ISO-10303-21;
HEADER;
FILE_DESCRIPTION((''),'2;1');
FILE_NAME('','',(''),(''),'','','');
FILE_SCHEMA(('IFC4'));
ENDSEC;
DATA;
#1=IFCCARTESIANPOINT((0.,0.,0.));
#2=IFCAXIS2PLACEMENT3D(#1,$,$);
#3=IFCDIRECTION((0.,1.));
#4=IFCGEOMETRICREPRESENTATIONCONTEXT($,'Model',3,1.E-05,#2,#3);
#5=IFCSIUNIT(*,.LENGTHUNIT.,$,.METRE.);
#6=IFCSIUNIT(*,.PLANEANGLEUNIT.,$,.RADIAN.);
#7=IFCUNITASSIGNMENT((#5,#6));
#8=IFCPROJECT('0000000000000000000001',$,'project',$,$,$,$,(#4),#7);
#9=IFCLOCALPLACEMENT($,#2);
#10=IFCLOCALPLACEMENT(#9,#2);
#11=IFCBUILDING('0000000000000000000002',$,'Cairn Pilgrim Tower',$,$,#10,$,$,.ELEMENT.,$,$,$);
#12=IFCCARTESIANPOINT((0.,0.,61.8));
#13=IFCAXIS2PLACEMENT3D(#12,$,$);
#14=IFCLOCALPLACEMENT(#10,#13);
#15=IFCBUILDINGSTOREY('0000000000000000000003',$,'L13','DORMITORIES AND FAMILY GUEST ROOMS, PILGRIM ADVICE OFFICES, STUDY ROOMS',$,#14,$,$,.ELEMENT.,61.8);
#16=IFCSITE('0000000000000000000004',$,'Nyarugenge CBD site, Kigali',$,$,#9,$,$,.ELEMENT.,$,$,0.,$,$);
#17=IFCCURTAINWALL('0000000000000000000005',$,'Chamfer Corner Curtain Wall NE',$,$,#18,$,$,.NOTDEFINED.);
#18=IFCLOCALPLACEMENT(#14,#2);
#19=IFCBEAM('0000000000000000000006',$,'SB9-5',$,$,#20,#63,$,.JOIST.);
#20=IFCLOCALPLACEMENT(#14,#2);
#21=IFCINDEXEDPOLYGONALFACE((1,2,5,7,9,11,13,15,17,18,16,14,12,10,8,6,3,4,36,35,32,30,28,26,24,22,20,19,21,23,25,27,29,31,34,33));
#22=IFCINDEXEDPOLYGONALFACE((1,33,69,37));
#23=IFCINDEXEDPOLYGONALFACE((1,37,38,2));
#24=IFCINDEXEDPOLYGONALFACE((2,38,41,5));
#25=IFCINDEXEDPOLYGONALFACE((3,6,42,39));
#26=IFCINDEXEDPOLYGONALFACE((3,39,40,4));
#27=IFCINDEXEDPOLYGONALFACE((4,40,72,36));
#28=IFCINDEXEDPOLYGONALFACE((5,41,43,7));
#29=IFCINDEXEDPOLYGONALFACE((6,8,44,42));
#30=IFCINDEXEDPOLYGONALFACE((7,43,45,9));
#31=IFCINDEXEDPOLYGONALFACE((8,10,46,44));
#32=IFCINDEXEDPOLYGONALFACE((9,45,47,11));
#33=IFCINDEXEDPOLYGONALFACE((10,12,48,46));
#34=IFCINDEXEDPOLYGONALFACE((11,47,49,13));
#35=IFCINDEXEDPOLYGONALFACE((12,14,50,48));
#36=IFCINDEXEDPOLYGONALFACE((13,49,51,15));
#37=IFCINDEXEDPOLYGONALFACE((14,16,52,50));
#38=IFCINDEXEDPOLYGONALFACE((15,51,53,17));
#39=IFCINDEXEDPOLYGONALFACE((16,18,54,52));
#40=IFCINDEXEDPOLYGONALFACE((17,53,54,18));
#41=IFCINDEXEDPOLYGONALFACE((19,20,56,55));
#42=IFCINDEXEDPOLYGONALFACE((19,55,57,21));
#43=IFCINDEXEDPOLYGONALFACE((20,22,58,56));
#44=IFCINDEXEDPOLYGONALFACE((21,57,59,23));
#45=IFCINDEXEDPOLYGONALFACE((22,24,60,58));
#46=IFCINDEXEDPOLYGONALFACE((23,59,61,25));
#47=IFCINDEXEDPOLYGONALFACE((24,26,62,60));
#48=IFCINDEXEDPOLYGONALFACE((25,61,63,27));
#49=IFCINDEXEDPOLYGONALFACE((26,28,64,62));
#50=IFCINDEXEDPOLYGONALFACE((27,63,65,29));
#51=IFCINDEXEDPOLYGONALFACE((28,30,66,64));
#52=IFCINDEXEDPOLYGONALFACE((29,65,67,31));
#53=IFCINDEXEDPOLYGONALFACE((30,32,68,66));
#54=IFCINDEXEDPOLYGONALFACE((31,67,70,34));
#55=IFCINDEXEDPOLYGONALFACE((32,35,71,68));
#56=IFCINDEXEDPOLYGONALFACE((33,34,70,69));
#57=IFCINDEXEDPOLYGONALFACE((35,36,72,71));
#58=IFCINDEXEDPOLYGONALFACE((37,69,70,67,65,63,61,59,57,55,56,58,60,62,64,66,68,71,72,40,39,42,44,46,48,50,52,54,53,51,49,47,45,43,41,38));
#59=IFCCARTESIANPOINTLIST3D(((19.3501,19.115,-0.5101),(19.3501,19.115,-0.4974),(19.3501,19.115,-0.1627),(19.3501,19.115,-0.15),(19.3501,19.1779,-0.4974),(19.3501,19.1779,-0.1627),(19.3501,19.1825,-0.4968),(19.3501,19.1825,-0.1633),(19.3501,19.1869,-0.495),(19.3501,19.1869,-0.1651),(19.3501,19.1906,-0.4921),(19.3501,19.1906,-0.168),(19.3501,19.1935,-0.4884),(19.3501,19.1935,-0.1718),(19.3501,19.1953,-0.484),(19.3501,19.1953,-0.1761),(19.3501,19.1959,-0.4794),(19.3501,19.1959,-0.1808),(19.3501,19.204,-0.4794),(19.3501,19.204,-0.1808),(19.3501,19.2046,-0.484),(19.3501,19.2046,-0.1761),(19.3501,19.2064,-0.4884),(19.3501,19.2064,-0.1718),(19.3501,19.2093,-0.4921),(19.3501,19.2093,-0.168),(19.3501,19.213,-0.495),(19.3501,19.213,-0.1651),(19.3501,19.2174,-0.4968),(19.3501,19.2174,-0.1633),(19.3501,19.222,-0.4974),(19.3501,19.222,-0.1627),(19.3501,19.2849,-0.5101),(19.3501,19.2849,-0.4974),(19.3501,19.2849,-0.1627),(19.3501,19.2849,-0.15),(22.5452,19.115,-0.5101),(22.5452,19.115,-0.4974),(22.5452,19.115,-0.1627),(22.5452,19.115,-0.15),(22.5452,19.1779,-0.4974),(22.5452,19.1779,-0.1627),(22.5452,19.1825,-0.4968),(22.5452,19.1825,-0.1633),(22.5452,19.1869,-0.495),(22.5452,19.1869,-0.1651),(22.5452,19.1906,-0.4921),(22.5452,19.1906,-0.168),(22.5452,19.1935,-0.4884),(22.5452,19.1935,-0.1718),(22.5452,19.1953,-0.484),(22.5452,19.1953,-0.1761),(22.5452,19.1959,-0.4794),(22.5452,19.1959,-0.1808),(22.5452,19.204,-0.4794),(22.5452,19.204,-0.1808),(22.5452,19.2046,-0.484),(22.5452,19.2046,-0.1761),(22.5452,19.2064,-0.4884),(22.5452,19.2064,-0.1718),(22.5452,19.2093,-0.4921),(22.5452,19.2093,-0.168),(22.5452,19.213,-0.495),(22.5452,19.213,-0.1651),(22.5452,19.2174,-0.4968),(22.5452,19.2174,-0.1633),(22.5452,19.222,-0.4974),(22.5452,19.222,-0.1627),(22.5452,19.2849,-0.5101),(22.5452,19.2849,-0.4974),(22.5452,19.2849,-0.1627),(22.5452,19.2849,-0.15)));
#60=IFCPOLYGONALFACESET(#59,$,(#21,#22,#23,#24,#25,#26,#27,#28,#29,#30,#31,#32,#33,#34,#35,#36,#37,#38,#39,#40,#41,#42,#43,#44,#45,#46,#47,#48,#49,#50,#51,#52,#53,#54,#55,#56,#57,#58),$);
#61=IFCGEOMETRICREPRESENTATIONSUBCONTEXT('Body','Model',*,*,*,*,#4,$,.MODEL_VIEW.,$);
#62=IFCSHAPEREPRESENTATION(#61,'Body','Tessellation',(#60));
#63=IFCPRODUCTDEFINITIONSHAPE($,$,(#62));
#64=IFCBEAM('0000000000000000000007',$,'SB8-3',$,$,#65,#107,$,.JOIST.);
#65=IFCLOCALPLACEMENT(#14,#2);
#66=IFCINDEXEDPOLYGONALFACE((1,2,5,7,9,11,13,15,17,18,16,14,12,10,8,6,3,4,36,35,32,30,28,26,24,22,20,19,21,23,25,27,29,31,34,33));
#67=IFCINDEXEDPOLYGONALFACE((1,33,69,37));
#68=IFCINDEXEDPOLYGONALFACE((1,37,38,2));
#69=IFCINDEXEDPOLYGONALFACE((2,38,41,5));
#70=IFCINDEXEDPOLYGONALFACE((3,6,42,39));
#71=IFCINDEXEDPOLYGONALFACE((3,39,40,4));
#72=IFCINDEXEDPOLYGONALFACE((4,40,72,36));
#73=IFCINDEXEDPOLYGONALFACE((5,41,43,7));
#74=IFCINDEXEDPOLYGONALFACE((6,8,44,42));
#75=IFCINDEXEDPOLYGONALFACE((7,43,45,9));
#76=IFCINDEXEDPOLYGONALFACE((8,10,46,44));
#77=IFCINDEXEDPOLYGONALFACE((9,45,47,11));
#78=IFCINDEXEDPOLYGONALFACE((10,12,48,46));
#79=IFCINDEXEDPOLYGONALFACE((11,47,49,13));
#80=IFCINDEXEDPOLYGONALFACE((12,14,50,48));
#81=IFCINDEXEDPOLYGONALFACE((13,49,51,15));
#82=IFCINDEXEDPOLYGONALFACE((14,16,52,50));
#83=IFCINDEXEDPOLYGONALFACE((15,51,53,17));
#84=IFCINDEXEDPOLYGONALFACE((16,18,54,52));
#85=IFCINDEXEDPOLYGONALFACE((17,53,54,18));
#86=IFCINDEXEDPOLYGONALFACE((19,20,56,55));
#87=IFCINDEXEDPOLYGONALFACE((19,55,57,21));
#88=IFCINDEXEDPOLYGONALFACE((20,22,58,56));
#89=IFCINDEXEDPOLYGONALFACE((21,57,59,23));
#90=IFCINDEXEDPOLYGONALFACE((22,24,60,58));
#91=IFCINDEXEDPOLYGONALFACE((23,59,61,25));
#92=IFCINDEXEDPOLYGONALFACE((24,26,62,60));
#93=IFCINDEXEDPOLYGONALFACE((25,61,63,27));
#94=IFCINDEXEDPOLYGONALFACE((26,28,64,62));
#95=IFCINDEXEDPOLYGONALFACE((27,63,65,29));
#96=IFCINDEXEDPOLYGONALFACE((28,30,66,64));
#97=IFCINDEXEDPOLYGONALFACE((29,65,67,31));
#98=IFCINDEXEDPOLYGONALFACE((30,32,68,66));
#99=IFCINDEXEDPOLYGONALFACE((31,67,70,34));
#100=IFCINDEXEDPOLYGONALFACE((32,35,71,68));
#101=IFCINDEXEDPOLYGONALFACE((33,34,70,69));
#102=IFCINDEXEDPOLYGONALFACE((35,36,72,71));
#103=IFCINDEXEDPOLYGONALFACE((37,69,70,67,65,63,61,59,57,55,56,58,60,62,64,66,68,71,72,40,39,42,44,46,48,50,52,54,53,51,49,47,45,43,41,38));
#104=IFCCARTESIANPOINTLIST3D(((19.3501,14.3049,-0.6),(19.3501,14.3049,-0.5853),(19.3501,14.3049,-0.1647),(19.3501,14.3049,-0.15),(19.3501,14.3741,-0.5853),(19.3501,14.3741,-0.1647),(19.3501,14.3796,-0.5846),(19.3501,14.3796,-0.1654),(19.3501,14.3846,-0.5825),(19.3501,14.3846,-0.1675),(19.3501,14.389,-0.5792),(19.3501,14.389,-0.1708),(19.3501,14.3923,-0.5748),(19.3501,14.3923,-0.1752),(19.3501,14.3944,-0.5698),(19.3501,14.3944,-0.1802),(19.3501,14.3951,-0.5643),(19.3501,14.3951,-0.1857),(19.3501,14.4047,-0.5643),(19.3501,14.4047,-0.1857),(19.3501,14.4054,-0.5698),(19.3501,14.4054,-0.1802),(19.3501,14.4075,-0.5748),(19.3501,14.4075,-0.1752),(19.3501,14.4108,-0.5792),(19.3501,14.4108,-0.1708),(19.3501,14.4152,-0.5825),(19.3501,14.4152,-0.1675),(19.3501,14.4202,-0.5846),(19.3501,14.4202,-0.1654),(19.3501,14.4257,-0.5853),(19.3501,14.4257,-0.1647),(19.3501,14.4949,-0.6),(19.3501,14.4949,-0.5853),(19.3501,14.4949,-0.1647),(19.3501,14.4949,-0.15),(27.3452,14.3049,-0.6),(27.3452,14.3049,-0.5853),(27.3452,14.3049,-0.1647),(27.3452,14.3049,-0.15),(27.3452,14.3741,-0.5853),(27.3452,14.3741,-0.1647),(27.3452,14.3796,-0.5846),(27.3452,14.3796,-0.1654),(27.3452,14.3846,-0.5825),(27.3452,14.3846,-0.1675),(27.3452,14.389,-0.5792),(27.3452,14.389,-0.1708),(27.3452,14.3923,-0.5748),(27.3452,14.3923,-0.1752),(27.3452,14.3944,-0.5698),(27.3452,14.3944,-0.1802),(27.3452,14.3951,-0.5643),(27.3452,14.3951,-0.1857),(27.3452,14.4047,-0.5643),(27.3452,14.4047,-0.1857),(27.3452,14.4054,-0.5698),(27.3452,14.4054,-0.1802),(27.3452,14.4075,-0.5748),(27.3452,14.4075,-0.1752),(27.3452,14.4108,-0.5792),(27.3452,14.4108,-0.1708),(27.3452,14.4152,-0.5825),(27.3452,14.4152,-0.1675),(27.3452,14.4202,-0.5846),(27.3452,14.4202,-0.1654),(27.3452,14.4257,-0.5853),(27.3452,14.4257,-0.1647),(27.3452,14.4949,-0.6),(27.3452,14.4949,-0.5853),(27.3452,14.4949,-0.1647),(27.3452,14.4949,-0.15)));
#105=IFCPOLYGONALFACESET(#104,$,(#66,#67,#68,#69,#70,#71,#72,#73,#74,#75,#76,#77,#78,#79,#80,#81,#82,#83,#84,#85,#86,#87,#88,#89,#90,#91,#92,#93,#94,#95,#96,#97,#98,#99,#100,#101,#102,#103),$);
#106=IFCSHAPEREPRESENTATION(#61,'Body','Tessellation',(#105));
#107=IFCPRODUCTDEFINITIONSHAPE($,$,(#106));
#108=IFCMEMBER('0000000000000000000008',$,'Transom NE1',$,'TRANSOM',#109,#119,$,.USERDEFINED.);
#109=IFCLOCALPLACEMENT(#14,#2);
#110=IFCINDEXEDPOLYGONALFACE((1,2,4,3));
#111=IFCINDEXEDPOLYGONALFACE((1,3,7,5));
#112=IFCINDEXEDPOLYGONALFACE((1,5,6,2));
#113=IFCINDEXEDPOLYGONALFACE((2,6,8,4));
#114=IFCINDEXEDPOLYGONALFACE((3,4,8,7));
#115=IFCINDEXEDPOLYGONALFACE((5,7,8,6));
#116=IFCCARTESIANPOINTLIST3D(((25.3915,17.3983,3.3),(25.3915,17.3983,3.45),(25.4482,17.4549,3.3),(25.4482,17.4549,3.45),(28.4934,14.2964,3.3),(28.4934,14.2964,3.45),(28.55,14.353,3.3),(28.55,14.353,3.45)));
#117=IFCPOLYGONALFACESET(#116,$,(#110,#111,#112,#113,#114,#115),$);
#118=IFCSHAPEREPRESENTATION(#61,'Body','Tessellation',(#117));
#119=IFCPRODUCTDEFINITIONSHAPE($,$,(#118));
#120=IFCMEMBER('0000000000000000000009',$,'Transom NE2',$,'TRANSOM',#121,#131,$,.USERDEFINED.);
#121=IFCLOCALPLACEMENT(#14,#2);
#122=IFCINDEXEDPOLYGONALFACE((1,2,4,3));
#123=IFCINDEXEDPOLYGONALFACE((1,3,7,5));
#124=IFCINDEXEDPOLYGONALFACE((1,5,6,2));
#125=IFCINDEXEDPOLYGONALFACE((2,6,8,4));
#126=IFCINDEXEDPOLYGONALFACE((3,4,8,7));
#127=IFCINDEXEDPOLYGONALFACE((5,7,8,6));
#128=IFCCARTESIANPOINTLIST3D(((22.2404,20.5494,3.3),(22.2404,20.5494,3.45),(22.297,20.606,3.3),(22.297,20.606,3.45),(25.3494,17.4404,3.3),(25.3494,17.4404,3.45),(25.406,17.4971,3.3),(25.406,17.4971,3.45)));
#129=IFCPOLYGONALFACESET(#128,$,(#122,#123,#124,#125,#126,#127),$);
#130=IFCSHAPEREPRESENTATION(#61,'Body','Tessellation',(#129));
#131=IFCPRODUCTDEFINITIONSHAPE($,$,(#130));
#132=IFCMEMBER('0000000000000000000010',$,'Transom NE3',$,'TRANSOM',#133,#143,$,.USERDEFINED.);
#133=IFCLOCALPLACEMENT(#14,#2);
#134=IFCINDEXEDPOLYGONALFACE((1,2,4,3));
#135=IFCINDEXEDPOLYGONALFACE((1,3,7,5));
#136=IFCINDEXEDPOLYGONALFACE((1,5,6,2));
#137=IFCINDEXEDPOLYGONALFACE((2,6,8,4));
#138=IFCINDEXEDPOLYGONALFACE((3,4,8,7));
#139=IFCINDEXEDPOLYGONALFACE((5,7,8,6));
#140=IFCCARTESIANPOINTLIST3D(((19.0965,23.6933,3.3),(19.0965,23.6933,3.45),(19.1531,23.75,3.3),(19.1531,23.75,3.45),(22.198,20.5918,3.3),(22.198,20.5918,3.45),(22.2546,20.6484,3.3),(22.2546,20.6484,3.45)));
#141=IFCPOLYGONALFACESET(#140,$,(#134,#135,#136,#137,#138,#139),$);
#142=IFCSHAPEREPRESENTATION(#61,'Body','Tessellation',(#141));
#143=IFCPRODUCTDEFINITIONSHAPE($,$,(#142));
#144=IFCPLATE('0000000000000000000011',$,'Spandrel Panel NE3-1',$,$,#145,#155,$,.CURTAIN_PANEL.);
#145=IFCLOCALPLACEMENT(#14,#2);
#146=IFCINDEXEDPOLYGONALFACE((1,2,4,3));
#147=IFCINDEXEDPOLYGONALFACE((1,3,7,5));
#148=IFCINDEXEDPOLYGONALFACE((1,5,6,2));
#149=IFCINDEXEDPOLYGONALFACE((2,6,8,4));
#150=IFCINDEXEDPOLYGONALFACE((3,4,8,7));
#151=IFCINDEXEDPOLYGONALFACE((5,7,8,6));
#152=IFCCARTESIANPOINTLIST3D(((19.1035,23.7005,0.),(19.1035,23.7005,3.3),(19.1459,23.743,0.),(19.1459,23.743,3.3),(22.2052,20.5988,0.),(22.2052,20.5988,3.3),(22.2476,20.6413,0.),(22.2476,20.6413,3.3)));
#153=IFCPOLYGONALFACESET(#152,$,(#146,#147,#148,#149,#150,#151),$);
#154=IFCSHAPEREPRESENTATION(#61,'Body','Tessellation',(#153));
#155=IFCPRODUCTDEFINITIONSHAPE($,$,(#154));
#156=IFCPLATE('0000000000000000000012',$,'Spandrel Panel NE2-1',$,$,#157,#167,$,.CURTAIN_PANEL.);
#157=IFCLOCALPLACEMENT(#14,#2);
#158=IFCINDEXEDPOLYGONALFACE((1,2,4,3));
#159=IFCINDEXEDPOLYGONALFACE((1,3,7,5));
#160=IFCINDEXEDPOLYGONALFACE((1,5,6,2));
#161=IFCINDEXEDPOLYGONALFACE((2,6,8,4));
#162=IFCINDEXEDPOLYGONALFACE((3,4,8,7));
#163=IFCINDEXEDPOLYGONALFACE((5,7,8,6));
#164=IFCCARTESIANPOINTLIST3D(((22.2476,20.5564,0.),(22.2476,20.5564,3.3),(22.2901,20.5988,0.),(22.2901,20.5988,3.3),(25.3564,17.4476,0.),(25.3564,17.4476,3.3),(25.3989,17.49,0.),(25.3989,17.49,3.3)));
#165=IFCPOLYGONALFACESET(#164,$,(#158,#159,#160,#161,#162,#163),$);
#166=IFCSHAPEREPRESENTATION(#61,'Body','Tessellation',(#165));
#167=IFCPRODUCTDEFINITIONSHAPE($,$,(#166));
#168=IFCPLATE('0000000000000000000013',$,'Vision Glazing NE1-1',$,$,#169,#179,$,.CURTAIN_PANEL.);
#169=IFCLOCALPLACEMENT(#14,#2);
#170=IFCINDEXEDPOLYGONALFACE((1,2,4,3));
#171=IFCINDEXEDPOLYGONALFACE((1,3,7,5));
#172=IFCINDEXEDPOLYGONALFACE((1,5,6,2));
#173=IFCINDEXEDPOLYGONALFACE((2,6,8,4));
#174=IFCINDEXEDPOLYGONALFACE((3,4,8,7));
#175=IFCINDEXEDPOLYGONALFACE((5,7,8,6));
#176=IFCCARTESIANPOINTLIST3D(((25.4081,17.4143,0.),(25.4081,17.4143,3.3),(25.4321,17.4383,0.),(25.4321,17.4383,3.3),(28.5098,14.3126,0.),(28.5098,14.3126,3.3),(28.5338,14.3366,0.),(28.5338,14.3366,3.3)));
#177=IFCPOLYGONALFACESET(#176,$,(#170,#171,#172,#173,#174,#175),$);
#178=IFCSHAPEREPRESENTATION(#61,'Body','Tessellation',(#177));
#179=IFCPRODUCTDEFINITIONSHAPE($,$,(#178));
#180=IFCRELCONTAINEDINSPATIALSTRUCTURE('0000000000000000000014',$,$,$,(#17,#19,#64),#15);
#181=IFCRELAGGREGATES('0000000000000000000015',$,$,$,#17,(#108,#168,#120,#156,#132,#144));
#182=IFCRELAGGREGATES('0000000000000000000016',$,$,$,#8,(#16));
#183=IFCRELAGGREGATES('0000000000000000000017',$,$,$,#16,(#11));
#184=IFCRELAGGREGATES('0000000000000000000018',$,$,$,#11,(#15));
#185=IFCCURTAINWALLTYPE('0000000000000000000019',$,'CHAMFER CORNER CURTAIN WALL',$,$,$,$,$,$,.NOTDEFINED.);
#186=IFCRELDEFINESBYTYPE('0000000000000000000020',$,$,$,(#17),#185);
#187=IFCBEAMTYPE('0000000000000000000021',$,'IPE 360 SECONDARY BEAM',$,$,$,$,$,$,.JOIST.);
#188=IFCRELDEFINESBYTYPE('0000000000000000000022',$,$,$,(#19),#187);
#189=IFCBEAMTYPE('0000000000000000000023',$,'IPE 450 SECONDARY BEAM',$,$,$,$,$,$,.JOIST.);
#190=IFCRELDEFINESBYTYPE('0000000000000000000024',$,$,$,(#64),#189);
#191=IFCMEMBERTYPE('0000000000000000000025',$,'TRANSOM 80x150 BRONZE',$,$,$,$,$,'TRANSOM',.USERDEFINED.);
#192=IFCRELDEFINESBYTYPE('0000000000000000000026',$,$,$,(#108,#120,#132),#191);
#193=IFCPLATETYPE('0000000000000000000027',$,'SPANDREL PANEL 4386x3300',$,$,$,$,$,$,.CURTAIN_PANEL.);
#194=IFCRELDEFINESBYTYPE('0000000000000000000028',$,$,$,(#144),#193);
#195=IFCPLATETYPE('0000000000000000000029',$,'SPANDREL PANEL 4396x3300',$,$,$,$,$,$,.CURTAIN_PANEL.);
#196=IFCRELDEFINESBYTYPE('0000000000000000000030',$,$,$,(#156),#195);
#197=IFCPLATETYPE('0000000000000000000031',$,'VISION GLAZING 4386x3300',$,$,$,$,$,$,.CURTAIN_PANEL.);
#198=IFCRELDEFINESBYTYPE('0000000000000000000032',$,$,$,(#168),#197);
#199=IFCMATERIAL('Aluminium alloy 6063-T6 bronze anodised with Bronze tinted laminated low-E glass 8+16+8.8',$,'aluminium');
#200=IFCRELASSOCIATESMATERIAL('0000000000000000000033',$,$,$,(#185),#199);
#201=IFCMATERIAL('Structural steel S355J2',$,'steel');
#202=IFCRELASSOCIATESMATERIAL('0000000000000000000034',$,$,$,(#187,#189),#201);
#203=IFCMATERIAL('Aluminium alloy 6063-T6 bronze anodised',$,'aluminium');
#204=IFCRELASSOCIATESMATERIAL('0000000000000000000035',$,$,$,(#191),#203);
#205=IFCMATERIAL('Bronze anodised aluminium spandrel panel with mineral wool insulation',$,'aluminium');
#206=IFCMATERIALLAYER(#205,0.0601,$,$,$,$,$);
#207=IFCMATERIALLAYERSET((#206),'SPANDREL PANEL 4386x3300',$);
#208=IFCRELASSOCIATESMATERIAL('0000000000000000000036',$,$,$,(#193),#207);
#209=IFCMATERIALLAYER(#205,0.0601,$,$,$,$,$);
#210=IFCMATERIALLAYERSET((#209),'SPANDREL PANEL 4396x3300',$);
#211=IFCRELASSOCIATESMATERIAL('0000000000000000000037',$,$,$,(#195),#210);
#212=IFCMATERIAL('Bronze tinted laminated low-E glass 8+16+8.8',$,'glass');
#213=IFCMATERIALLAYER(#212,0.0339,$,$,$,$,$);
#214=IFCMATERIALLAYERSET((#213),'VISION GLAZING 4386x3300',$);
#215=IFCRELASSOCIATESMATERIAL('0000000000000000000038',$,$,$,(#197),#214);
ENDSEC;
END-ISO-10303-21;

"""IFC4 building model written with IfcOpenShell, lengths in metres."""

from ifc_helpers import new_model, si_unit, direction, frame, origin, origin_2d, place, context, subcontext, project, spatial, rectangle, i_section, extrude, material, layer, layer_set, material_profile, profile_set, type_object, element, aggregate, save


model = new_model("IFC4")

# Units and contexts
model_context = context("Model", 3, precision=1e-05, world=origin(), true_north=direction((0.0, 1.0)))
body_context = subcontext(model_context, "Body", "Model", "MODEL_VIEW")
ifc_project = project(units=[si_unit("LENGTHUNIT", "METRE"), si_unit("PLANEANGLEUNIT", "RADIAN")], contexts=[model_context])

# Site, building, storey
site_placement = place(None, origin())
site = spatial("IfcSite", under=ifc_project, at=site_placement, Name="Nyarugenge CBD site, Kigali", CompositionType="ELEMENT", RefElevation=0.0)
building_placement = place(site_placement, origin())
building = spatial("IfcBuilding", under=site, at=building_placement, Name="Cairn Pilgrim Tower", CompositionType="ELEMENT")
storey_placement = place(building_placement, frame((0.0, 0.0, 61.8)))
storey = spatial("IfcBuildingStorey", under=building, at=storey_placement, Name="L13", Description="DORMITORIES AND FAMILY GUEST ROOMS, PILGRIM ADVICE OFFICES, STUDY ROOMS", CompositionType="ELEMENT", Elevation=61.8)

# Shared definitions
ifc_material_1 = material(Name="Structural steel S355J2", Category="steel")

# Curtain wall
ifc_material_2 = material(Name="Aluminium alloy 6063-T6 bronze anodised with Bronze tinted laminated low-E glass 8+16+8.8", Category="aluminium")
curtain_wall_type_1 = type_object("IfcCurtainWallType", Name="CHAMFER CORNER CURTAIN WALL", PredefinedType="NOTDEFINED", material=ifc_material_2)
curtain_wall_1_placement = place(storey_placement, origin())
curtain_wall_1 = element("IfcCurtainWall", 1, at=curtain_wall_1_placement, inside=storey, type_object=curtain_wall_type_1, Name="Chamfer Corner Curtain Wall NE", PredefinedType="NOTDEFINED")
ifc_material_3 = material(Name="Aluminium alloy 6063-T6 bronze anodised", Category="aluminium")

# Beams
ifc_material_profile_1 = material_profile(ifc_material_1, i_section(OverallWidth=0.1699, OverallDepth=0.3601, WebThickness=0.0081, FlangeThickness=0.0127, FilletRadius=0.0181, at=origin_2d()), Name="IPE 360")
ifc_profile_set_1 = profile_set([ifc_material_profile_1], Name="Structural steel S355J2")
beam_type_1 = type_object("IfcBeamType", Name="IPE 360 SECONDARY BEAM", PredefinedType="JOIST", material=ifc_profile_set_1)
beam_1_placement = place(storey_placement, frame((19.3501, 19.2, -0.3301), z_axis=(1.0, 0.0, 0.0), x_axis=(0.0, 1.0, 0.0)))
element("IfcBeam", 2, at=beam_1_placement, inside=storey, type_object=beam_type_1, Name="SB9-5", PredefinedType="JOIST", context=body_context, shape_type="SweptSolid", body=[
    extrude(i_section(OverallWidth=0.1699, OverallDepth=0.3601, WebThickness=0.0081, FlangeThickness=0.0127, FilletRadius=0.0181, at=origin_2d()), origin(), (0.0, 0.0, 1.0), 3.1951),
])
ifc_material_profile_2 = material_profile(ifc_material_1, i_section(OverallWidth=0.1899, OverallDepth=0.45, WebThickness=0.0095, FlangeThickness=0.0146, FilletRadius=0.021, at=origin_2d()), Name="IPE 450")
ifc_profile_set_2 = profile_set([ifc_material_profile_2], Name="Structural steel S355J2")
beam_type_2 = type_object("IfcBeamType", Name="IPE 450 SECONDARY BEAM", PredefinedType="JOIST", material=ifc_profile_set_2)
beam_2_placement = place(storey_placement, frame((19.3501, 14.3999, -0.375), z_axis=(1.0, 0.0, 0.0), x_axis=(0.0, 1.0, 0.0)))
element("IfcBeam", 3, at=beam_2_placement, inside=storey, type_object=beam_type_2, Name="SB8-3", PredefinedType="JOIST", context=body_context, shape_type="SweptSolid", body=[
    extrude(i_section(OverallWidth=0.1899, OverallDepth=0.45, WebThickness=0.0095, FlangeThickness=0.0146, FilletRadius=0.021, at=origin_2d()), origin(), (0.0, 0.0, 1.0), 7.9951),
])

# Members
ifc_material_profile_3 = material_profile(ifc_material_3, rectangle(XDim=0.0801, YDim=0.1499, at=origin_2d()), Name="TRANSOM 80x150 BRONZE")
ifc_profile_set_3 = profile_set([ifc_material_profile_3], Name="Aluminium alloy 6063-T6 bronze anodised")
member_type_1 = type_object("IfcMemberType", Name="TRANSOM 80x150 BRONZE", ElementType="TRANSOM", PredefinedType="USERDEFINED", material=ifc_profile_set_3)
member_1_placement = place(storey_placement, frame((28.5217, 14.3247, 3.375), z_axis=(-0.707107, 0.707107, 0.0), x_axis=(-0.707107, -0.707107, 0.0)))
member_1 = element("IfcMember", 4, at=member_1_placement, type_object=member_type_1, Name="Transom NE1", ObjectType="TRANSOM", PredefinedType="USERDEFINED", context=body_context, shape_type="SweptSolid", body=[
    extrude(rectangle(XDim=0.0801, YDim=0.1499, at=origin_2d()), origin(), (0.0, 0.0, 1.0), 4.3867),
])
member_2_placement = place(storey_placement, frame((25.3777, 17.4688, 3.375), z_axis=(-0.707107, 0.707107, 0.0), x_axis=(-0.707107, -0.707107, 0.0)))
member_2 = element("IfcMember", 5, at=member_2_placement, type_object=member_type_1, Name="Transom NE2", ObjectType="TRANSOM", PredefinedType="USERDEFINED", context=body_context, shape_type="SweptSolid", body=[
    extrude(rectangle(XDim=0.0801, YDim=0.1499, at=origin_2d()), origin(), (0.0, 0.0, 1.0), 4.3967),
])
member_3_placement = place(storey_placement, frame((22.2263, 20.6201, 3.375), z_axis=(-0.707107, 0.707107, 0.0), x_axis=(-0.707107, -0.707107, 0.0)))
member_3 = element("IfcMember", 6, at=member_3_placement, type_object=member_type_1, Name="Transom NE3", ObjectType="TRANSOM", PredefinedType="USERDEFINED", context=body_context, shape_type="SweptSolid", body=[
    extrude(rectangle(XDim=0.0801, YDim=0.1499, at=origin_2d()), origin(), (0.0, 0.0, 1.0), 4.3862),
])

# Plates
ifc_material_4 = material(Name="Bronze anodised aluminium spandrel panel with mineral wool insulation", Category="aluminium")
ifc_layer_1 = layer(ifc_material_4, 0.0601)
ifc_layer_set_1 = layer_set([ifc_layer_1], Name="SPANDREL PANEL 4386x3300")
plate_type_1 = type_object("IfcPlateType", Name="SPANDREL PANEL 4386x3300", PredefinedType="CURTAIN_PANEL", material=ifc_layer_set_1)
plate_1_placement = place(storey_placement, frame((20.6755, 22.1709, 0.0), z_axis=(0.0, 0.0, 1.0), x_axis=(-0.707107, 0.707107, 0.0)))
plate_1 = element("IfcPlate", 7, at=plate_1_placement, type_object=plate_type_1, Name="Spandrel Panel NE3-1", PredefinedType="CURTAIN_PANEL", context=body_context, shape_type="SweptSolid", body=[
    extrude(rectangle(XDim=4.3865, YDim=0.0601, at=origin_2d()), origin(), (0.0, 0.0, 1.0), 3.3),
])
ifc_layer_2 = layer(ifc_material_4, 0.0601)
ifc_layer_set_2 = layer_set([ifc_layer_2], Name="SPANDREL PANEL 4396x3300")
plate_type_2 = type_object("IfcPlateType", Name="SPANDREL PANEL 4396x3300", PredefinedType="CURTAIN_PANEL", material=ifc_layer_set_2)
plate_2_placement = place(storey_placement, frame((23.8232, 19.0232, 0.0), z_axis=(0.0, 0.0, 1.0), x_axis=(-0.707107, 0.707107, 0.0)))
plate_2 = element("IfcPlate", 8, at=plate_2_placement, type_object=plate_type_2, Name="Spandrel Panel NE2-1", PredefinedType="CURTAIN_PANEL", context=body_context, shape_type="SweptSolid", body=[
    extrude(rectangle(XDim=4.3965, YDim=0.0601, at=origin_2d()), origin(), (0.0, 0.0, 1.0), 3.3),
])
ifc_material_5 = material(Name="Bronze tinted laminated low-E glass 8+16+8.8", Category="glass")
ifc_layer_3 = layer(ifc_material_5, 0.0339)
ifc_layer_set_3 = layer_set([ifc_layer_3], Name="VISION GLAZING 4386x3300")
plate_type_3 = type_object("IfcPlateType", Name="VISION GLAZING 4386x3300", PredefinedType="CURTAIN_PANEL", material=ifc_layer_set_3)
plate_3_placement = place(storey_placement, frame((26.9709, 15.8755, 0.0), z_axis=(0.0, 0.0, 1.0), x_axis=(-0.707107, 0.707107, 0.0)))
plate_3 = element("IfcPlate", 9, at=plate_3_placement, type_object=plate_type_3, Name="Vision Glazing NE1-1", PredefinedType="CURTAIN_PANEL", context=body_context, shape_type="SweptSolid", body=[
    extrude(rectangle(XDim=4.3865, YDim=0.0339, at=origin_2d()), origin(), (0.0, 0.0, 1.0), 3.3),
])
aggregate(curtain_wall_1, [member_1, plate_3, member_2, plate_2, member_3, plate_1])

save(model, "model.ifc")
